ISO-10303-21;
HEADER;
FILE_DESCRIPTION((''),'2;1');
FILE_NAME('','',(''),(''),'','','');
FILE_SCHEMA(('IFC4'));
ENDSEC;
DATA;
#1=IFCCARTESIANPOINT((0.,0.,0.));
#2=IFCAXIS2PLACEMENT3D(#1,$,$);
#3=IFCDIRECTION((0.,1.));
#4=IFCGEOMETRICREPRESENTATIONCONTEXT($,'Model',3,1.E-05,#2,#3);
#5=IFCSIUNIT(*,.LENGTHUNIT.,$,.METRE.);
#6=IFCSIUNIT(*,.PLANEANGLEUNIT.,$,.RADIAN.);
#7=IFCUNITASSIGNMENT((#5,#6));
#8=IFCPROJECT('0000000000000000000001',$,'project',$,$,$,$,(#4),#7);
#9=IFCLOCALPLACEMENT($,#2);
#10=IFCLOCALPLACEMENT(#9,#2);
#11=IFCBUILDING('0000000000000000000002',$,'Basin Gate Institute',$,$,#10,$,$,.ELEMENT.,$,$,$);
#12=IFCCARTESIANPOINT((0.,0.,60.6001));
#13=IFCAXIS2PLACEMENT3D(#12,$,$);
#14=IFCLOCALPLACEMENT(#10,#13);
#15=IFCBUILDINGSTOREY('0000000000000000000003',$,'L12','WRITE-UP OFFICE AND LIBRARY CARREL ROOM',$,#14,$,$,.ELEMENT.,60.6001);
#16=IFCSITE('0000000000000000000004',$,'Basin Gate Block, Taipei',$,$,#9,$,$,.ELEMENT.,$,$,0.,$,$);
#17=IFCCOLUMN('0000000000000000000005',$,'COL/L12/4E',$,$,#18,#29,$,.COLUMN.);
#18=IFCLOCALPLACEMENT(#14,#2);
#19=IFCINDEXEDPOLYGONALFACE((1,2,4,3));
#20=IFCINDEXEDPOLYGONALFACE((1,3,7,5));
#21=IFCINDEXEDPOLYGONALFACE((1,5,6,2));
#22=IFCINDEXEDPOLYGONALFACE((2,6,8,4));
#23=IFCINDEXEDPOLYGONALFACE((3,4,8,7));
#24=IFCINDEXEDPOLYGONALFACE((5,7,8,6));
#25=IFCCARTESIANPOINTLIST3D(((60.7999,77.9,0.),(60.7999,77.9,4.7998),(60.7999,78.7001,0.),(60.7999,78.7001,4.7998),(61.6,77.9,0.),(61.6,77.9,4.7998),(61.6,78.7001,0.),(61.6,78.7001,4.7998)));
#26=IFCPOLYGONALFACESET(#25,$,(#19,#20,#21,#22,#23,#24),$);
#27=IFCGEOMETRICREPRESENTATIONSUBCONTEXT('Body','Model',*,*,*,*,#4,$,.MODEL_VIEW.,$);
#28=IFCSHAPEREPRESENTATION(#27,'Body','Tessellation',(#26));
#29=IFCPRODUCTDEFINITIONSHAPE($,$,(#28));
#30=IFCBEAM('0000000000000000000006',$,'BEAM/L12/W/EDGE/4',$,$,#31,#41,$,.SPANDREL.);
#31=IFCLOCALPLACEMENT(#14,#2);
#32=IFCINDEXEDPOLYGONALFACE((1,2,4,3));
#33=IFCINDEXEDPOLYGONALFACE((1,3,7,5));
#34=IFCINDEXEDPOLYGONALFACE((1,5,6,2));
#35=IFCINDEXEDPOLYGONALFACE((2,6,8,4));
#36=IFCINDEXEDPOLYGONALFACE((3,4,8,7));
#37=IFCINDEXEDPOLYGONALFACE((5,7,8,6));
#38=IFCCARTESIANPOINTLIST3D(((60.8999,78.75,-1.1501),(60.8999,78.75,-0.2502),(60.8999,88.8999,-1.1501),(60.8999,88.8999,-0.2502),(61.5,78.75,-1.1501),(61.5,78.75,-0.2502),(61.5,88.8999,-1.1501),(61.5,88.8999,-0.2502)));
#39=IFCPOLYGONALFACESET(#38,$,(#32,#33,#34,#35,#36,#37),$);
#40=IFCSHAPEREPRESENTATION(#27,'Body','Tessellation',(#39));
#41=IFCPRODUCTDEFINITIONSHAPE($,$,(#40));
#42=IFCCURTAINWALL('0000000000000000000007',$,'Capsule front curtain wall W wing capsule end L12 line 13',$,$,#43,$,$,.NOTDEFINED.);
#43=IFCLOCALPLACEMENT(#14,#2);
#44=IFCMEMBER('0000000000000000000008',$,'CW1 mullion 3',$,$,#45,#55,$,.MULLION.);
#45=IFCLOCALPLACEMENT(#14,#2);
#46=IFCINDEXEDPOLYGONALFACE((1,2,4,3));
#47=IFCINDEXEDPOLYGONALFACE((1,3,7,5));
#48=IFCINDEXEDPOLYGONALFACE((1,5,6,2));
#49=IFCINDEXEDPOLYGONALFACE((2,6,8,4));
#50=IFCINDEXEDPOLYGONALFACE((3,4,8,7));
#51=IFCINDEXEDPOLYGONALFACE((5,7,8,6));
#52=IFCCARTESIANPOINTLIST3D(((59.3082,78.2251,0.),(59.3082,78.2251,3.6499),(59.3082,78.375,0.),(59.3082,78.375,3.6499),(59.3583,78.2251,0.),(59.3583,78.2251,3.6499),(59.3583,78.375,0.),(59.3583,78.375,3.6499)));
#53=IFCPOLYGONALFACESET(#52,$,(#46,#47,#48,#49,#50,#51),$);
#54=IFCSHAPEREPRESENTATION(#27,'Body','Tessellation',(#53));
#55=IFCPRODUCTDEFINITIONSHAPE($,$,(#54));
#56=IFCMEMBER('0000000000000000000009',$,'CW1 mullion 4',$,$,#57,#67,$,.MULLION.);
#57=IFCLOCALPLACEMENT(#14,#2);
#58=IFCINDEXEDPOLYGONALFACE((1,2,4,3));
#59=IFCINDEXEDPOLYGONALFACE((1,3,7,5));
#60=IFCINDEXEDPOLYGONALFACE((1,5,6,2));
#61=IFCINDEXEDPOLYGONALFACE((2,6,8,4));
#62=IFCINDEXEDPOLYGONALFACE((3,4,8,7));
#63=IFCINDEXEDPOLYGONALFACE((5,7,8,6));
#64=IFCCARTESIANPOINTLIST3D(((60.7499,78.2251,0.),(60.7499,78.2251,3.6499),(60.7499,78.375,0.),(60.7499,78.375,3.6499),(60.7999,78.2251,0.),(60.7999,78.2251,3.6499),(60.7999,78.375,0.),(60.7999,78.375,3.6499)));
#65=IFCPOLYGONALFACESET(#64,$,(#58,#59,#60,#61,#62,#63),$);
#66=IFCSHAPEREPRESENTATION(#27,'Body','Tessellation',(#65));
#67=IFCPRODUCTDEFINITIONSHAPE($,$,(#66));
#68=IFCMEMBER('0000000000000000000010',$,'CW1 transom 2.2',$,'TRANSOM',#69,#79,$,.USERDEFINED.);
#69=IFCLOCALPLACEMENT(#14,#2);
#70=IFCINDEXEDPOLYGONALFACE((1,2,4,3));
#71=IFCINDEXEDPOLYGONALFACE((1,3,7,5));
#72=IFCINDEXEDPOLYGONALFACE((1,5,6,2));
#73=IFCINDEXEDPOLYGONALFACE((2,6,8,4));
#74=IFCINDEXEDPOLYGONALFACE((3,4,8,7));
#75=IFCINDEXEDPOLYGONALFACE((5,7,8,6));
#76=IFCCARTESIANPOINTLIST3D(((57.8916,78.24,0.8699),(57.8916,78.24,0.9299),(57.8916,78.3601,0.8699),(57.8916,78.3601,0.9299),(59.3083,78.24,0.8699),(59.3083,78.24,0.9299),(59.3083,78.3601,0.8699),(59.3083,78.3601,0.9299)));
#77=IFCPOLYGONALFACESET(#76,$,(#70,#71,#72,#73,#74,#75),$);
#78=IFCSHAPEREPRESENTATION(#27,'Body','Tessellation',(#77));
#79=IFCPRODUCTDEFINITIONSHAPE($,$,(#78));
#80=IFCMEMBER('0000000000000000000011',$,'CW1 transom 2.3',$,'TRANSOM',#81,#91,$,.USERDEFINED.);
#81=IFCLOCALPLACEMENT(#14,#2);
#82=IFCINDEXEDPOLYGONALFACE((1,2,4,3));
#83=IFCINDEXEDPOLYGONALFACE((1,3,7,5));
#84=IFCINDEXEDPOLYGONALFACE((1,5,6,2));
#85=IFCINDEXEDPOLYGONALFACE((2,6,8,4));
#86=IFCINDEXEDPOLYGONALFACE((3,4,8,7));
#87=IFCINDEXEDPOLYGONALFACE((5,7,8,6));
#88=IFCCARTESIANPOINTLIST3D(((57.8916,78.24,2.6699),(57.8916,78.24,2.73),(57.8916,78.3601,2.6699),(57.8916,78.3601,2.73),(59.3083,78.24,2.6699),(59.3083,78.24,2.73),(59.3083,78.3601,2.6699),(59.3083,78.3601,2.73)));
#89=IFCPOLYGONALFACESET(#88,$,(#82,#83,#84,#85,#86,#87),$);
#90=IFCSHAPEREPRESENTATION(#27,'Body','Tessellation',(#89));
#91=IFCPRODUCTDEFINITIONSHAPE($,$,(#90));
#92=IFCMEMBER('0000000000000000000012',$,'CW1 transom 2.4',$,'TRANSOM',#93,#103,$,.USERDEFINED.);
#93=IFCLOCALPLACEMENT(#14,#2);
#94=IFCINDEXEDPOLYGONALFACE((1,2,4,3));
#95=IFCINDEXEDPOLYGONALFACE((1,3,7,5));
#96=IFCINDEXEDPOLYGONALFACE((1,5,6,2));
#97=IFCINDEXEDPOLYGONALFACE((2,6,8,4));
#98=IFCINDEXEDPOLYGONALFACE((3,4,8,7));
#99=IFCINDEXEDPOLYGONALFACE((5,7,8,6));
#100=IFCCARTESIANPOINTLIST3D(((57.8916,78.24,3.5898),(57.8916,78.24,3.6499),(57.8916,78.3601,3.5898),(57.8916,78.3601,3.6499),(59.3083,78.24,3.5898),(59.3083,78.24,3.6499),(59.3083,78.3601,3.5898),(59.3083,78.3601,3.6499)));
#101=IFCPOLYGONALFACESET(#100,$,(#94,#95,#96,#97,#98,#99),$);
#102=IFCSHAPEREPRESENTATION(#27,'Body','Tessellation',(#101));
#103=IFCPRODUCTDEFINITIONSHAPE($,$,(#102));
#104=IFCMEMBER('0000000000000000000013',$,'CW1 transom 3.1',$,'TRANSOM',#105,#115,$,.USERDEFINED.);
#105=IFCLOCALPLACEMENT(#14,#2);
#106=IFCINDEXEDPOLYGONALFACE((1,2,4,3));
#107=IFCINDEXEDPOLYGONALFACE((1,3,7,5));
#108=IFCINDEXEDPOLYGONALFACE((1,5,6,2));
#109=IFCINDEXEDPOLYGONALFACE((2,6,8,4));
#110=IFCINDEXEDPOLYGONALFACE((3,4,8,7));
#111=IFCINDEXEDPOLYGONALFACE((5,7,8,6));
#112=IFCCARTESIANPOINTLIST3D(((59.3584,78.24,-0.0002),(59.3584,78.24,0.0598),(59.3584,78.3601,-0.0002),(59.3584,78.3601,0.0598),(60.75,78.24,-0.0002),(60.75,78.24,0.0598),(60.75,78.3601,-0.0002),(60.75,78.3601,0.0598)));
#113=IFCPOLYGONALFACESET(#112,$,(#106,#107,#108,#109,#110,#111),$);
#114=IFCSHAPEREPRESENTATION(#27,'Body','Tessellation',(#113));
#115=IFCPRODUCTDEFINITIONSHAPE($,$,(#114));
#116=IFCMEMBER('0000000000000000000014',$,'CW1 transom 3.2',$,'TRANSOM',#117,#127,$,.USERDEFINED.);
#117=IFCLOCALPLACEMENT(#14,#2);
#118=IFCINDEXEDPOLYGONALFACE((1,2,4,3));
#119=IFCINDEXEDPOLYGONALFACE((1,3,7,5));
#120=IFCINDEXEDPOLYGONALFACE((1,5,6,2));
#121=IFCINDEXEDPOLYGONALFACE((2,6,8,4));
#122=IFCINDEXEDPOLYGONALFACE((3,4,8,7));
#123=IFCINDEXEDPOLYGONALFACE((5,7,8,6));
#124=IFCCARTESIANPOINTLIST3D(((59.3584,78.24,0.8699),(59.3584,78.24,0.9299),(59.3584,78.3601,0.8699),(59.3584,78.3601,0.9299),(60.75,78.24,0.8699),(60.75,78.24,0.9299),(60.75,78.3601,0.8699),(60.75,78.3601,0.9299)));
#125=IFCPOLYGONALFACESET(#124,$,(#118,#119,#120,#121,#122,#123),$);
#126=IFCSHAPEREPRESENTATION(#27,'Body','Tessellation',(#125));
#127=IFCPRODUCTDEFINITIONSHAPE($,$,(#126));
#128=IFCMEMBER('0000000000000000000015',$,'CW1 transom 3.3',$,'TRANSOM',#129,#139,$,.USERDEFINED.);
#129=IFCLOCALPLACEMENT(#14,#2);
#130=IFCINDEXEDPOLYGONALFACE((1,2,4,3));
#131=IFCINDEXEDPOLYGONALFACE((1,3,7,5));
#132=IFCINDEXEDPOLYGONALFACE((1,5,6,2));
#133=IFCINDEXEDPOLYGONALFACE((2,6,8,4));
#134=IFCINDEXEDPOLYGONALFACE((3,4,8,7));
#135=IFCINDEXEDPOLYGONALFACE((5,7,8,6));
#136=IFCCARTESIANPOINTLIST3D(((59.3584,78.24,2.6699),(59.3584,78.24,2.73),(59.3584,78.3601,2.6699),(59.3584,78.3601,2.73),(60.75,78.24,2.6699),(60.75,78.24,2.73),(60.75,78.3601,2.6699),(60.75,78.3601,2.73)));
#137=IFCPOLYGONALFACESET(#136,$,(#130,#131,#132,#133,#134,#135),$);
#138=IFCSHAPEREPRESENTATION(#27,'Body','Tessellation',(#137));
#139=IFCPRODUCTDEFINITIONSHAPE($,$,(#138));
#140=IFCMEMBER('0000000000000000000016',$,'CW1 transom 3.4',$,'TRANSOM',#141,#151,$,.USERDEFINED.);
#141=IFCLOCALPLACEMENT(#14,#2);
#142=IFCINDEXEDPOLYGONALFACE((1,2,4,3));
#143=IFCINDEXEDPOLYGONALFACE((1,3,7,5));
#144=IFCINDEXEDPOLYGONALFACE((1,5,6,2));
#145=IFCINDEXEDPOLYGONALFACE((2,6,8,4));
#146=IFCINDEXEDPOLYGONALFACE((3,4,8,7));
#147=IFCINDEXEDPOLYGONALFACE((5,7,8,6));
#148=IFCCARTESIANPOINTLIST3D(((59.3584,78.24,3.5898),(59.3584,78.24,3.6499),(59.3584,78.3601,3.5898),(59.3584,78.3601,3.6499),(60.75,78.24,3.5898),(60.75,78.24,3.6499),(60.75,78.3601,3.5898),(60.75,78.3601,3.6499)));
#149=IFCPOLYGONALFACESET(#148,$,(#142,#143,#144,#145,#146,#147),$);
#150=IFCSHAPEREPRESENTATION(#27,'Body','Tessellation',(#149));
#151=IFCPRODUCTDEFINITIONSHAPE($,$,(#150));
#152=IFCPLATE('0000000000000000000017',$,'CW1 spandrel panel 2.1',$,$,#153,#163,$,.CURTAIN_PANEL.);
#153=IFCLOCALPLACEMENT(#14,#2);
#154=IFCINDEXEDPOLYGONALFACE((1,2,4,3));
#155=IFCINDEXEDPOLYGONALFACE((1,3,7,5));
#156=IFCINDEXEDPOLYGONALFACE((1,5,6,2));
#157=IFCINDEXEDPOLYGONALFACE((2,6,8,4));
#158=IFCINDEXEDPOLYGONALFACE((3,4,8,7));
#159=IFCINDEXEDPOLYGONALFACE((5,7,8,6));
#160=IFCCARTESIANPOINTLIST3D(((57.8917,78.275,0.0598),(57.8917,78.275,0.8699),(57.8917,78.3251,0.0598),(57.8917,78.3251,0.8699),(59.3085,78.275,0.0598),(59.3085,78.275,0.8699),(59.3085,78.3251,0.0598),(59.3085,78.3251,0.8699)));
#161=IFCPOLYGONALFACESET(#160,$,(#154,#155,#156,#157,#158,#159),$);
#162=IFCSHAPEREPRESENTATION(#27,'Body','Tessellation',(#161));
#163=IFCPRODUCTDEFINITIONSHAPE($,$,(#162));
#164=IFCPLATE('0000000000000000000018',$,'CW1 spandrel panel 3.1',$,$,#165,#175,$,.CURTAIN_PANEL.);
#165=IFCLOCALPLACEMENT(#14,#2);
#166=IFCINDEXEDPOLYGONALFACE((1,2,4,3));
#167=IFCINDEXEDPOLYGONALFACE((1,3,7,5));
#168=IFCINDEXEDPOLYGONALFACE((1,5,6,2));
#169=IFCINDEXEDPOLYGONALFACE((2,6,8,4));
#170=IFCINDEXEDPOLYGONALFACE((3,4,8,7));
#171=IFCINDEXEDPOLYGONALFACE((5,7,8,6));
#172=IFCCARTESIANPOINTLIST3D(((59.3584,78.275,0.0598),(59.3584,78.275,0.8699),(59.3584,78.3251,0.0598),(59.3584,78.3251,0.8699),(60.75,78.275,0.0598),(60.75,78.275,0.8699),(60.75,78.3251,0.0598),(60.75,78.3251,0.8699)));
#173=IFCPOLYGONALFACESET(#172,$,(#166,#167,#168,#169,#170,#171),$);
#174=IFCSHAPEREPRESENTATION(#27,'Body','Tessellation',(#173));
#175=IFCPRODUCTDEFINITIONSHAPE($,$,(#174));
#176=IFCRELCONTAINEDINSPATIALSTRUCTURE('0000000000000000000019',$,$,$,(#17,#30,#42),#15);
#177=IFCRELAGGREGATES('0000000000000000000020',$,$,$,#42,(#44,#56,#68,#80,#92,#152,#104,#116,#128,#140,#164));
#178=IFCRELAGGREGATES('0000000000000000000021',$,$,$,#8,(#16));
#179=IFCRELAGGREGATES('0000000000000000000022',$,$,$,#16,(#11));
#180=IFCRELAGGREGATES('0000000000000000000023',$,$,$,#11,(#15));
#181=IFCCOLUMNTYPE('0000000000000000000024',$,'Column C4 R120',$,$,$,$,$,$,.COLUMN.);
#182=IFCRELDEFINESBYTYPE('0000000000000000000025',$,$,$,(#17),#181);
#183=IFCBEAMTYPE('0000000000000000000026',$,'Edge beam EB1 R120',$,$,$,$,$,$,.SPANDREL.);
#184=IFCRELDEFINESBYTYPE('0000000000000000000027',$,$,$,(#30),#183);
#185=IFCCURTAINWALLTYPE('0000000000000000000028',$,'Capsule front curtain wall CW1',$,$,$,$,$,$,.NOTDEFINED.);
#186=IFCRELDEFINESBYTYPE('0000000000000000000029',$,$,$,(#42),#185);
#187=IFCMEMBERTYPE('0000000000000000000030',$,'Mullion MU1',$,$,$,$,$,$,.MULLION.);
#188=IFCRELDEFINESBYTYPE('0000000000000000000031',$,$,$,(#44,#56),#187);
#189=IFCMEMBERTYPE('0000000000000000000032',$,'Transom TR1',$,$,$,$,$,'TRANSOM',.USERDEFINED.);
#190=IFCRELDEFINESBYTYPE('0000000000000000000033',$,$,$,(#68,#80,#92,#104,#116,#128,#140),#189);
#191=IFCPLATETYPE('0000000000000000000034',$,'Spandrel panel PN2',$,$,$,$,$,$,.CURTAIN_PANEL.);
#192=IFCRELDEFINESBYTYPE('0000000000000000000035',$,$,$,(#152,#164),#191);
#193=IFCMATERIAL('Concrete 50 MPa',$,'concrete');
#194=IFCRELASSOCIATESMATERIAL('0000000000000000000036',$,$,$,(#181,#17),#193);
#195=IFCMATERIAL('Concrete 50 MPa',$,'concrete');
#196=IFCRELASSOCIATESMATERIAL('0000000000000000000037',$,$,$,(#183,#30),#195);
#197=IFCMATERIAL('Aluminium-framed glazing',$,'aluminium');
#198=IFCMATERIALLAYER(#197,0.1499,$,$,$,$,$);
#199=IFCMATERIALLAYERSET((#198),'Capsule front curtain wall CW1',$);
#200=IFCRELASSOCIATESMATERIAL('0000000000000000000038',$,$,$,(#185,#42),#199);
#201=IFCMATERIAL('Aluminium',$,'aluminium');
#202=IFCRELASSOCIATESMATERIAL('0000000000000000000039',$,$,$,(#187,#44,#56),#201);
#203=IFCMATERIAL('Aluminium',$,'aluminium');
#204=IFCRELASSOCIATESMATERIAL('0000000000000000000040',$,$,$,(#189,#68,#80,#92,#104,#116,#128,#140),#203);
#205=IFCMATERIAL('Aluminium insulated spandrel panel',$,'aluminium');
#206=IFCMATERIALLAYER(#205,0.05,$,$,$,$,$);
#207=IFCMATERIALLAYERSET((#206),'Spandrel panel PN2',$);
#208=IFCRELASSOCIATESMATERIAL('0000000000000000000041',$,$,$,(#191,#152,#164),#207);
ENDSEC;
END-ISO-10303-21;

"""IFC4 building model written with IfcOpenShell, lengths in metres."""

from ifc_helpers import new_model, si_unit, direction, frame, origin, origin_2d, place, context, subcontext, project, spatial, rectangle, extrude, material, layer, layer_set, material_profile, profile_set, type_object, element, aggregate, save


model = new_model("IFC4")

# Units and contexts
model_context = context("Model", 3, precision=1e-05, world=origin(), true_north=direction((0.0, 1.0)))
body_context = subcontext(model_context, "Body", "Model", "MODEL_VIEW")
ifc_project = project(units=[si_unit("LENGTHUNIT", "METRE"), si_unit("PLANEANGLEUNIT", "RADIAN")], contexts=[model_context])

# Site, building, storey
site_placement = place(None, origin())
site = spatial("IfcSite", under=ifc_project, at=site_placement, Name="Basin Gate Block, Taipei", CompositionType="ELEMENT", RefElevation=0.0)
building_placement = place(site_placement, origin())
building = spatial("IfcBuilding", under=site, at=building_placement, Name="Basin Gate Institute", CompositionType="ELEMENT")
storey_placement = place(building_placement, frame((0.0, 0.0, 60.6001)))
storey = spatial("IfcBuildingStorey", under=building, at=storey_placement, Name="L12", Description="WRITE-UP OFFICE AND LIBRARY CARREL ROOM", CompositionType="ELEMENT", Elevation=60.6001)

# Column
ifc_material_1 = material(Name="Concrete 50 MPa", Category="concrete")
ifc_material_profile_1 = material_profile(ifc_material_1, rectangle(XDim=0.8, YDim=0.8, at=origin_2d()), Name="Column C4 800 x 800")
ifc_profile_set_1 = profile_set([ifc_material_profile_1], Name="Concrete 50 MPa")
column_type = type_object("IfcColumnType", Name="Column C4 R120", PredefinedType="COLUMN", material=ifc_profile_set_1)
column_placement = place(storey_placement, frame((61.2, 78.3, 0.0), z_axis=(0.0, 0.0, 1.0), x_axis=(1.0, 0.0, 0.0)))
element("IfcColumn", 1, at=column_placement, inside=storey, type_object=column_type, material=ifc_profile_set_1, Name="COL/L12/4E", PredefinedType="COLUMN", context=body_context, shape_type="SweptSolid", body=[
    extrude(rectangle(XDim=0.8, YDim=0.8, at=origin_2d()), origin(), (0.0, 0.0, 1.0), 4.7998),
])

# Beam
ifc_material_2 = material(Name="Concrete 50 MPa", Category="concrete")
ifc_material_profile_2 = material_profile(ifc_material_2, rectangle(XDim=0.6001, YDim=0.8999, at=origin_2d()), Name="Edge beam EB1 600 x 900")
ifc_profile_set_2 = profile_set([ifc_material_profile_2], Name="Concrete 50 MPa")
beam_type = type_object("IfcBeamType", Name="Edge beam EB1 R120", PredefinedType="SPANDREL", material=ifc_profile_set_2)
beam_placement = place(storey_placement, frame((61.2, 78.75, -0.7002), z_axis=(0.0, 1.0, 0.0), x_axis=(-1.0, 0.0, 0.0)))
element("IfcBeam", 2, at=beam_placement, inside=storey, type_object=beam_type, material=ifc_profile_set_2, Name="BEAM/L12/W/EDGE/4", PredefinedType="SPANDREL", context=body_context, shape_type="SweptSolid", body=[
    extrude(rectangle(XDim=0.6001, YDim=0.8999, at=origin_2d()), origin(), (0.0, 0.0, 1.0), 10.1499),
])

# Curtain wall, members, plates
ifc_material_3 = material(Name="Aluminium-framed glazing", Category="aluminium")
ifc_layer_1 = layer(ifc_material_3, 0.1499)
ifc_layer_set_1 = layer_set([ifc_layer_1], Name="Capsule front curtain wall CW1")
curtain_wall_type = type_object("IfcCurtainWallType", Name="Capsule front curtain wall CW1", PredefinedType="NOTDEFINED", material=ifc_layer_set_1)
curtain_wall_placement = place(storey_placement, origin())
curtain_wall = element("IfcCurtainWall", 3, at=curtain_wall_placement, inside=storey, type_object=curtain_wall_type, material=ifc_layer_set_1, Name="Capsule front curtain wall W wing capsule end L12 line 13", PredefinedType="NOTDEFINED")
ifc_material_4 = material(Name="Aluminium", Category="aluminium")
ifc_material_profile_3 = material_profile(ifc_material_4, rectangle(XDim=0.1499, YDim=0.05, at=origin_2d()), Name="Mullion MU1 150 x 50")
ifc_profile_set_3 = profile_set([ifc_material_profile_3], Name="Aluminium")
member_type_1 = type_object("IfcMemberType", Name="Mullion MU1", PredefinedType="MULLION", material=ifc_profile_set_3)
member_1_placement = place(storey_placement, frame((59.3333, 78.3, 0.0), z_axis=(0.0, 0.0, 1.0), x_axis=(0.0, 1.0, 0.0)))
member_1 = element("IfcMember", 4, at=member_1_placement, type_object=member_type_1, material=ifc_profile_set_3, Name="CW1 mullion 3", PredefinedType="MULLION", context=body_context, shape_type="SweptSolid", body=[
    extrude(rectangle(XDim=0.1499, YDim=0.05, at=origin_2d()), origin(), (0.0, 0.0, 1.0), 3.6499),
])
member_2_placement = place(storey_placement, frame((60.7749, 78.3, 0.0), z_axis=(0.0, 0.0, 1.0), x_axis=(0.0, 1.0, 0.0)))
member_2 = element("IfcMember", 5, at=member_2_placement, type_object=member_type_1, material=ifc_profile_set_3, Name="CW1 mullion 4", PredefinedType="MULLION", context=body_context, shape_type="SweptSolid", body=[
    extrude(rectangle(XDim=0.1499, YDim=0.05, at=origin_2d()), origin(), (0.0, 0.0, 1.0), 3.6499),
])
ifc_material_5 = material(Name="Aluminium", Category="aluminium")
ifc_material_profile_4 = material_profile(ifc_material_5, rectangle(XDim=0.1201, YDim=0.0601, at=origin_2d()), Name="Transom TR1 120 x 60")
ifc_profile_set_4 = profile_set([ifc_material_profile_4], Name="Aluminium")
member_type_2 = type_object("IfcMemberType", Name="Transom TR1", ElementType="TRANSOM", PredefinedType="USERDEFINED", material=ifc_profile_set_4)
member_3_placement = place(storey_placement, frame((57.8916, 78.3, 0.8999), z_axis=(1.0, 0.0, 0.0), x_axis=(0.0, 1.0, 0.0)))
member_3 = element("IfcMember", 6, at=member_3_placement, type_object=member_type_2, material=ifc_profile_set_4, Name="CW1 transom 2.2", ObjectType="TRANSOM", PredefinedType="USERDEFINED", context=body_context, shape_type="SweptSolid", body=[
    extrude(rectangle(XDim=0.1201, YDim=0.0601, at=origin_2d()), origin(), (0.0, 0.0, 1.0), 1.4167),
])
member_4_placement = place(storey_placement, frame((57.8916, 78.3, 2.7), z_axis=(1.0, 0.0, 0.0), x_axis=(0.0, 1.0, 0.0)))
member_4 = element("IfcMember", 7, at=member_4_placement, type_object=member_type_2, material=ifc_profile_set_4, Name="CW1 transom 2.3", ObjectType="TRANSOM", PredefinedType="USERDEFINED", context=body_context, shape_type="SweptSolid", body=[
    extrude(rectangle(XDim=0.1201, YDim=0.0601, at=origin_2d()), origin(), (0.0, 0.0, 1.0), 1.4167),
])
member_5_placement = place(storey_placement, frame((57.8916, 78.3, 3.6199), z_axis=(1.0, 0.0, 0.0), x_axis=(0.0, 1.0, 0.0)))
member_5 = element("IfcMember", 8, at=member_5_placement, type_object=member_type_2, material=ifc_profile_set_4, Name="CW1 transom 2.4", ObjectType="TRANSOM", PredefinedType="USERDEFINED", context=body_context, shape_type="SweptSolid", body=[
    extrude(rectangle(XDim=0.1201, YDim=0.0601, at=origin_2d()), origin(), (0.0, 0.0, 1.0), 1.4167),
])
member_6_placement = place(storey_placement, frame((59.3584, 78.3, 0.0298), z_axis=(1.0, 0.0, 0.0), x_axis=(0.0, 1.0, 0.0)))
member_6 = element("IfcMember", 9, at=member_6_placement, type_object=member_type_2, material=ifc_profile_set_4, Name="CW1 transom 3.1", ObjectType="TRANSOM", PredefinedType="USERDEFINED", context=body_context, shape_type="SweptSolid", body=[
    extrude(rectangle(XDim=0.1201, YDim=0.0601, at=origin_2d()), origin(), (0.0, 0.0, 1.0), 1.3916),
])
member_7_placement = place(storey_placement, frame((59.3584, 78.3, 0.8999), z_axis=(1.0, 0.0, 0.0), x_axis=(0.0, 1.0, 0.0)))
member_7 = element("IfcMember", 10, at=member_7_placement, type_object=member_type_2, material=ifc_profile_set_4, Name="CW1 transom 3.2", ObjectType="TRANSOM", PredefinedType="USERDEFINED", context=body_context, shape_type="SweptSolid", body=[
    extrude(rectangle(XDim=0.1201, YDim=0.0601, at=origin_2d()), origin(), (0.0, 0.0, 1.0), 1.3916),
])
member_8_placement = place(storey_placement, frame((59.3584, 78.3, 2.7), z_axis=(1.0, 0.0, 0.0), x_axis=(0.0, 1.0, 0.0)))
member_8 = element("IfcMember", 11, at=member_8_placement, type_object=member_type_2, material=ifc_profile_set_4, Name="CW1 transom 3.3", ObjectType="TRANSOM", PredefinedType="USERDEFINED", context=body_context, shape_type="SweptSolid", body=[
    extrude(rectangle(XDim=0.1201, YDim=0.0601, at=origin_2d()), origin(), (0.0, 0.0, 1.0), 1.3916),
])
member_9_placement = place(storey_placement, frame((59.3584, 78.3, 3.6199), z_axis=(1.0, 0.0, 0.0), x_axis=(0.0, 1.0, 0.0)))
member_9 = element("IfcMember", 12, at=member_9_placement, type_object=member_type_2, material=ifc_profile_set_4, Name="CW1 transom 3.4", ObjectType="TRANSOM", PredefinedType="USERDEFINED", context=body_context, shape_type="SweptSolid", body=[
    extrude(rectangle(XDim=0.1201, YDim=0.0601, at=origin_2d()), origin(), (0.0, 0.0, 1.0), 1.3916),
])
ifc_material_6 = material(Name="Aluminium insulated spandrel panel", Category="aluminium")
ifc_layer_2 = layer(ifc_material_6, 0.05)
ifc_layer_set_2 = layer_set([ifc_layer_2], Name="Spandrel panel PN2")
plate_type_1 = type_object("IfcPlateType", Name="Spandrel panel PN2", PredefinedType="CURTAIN_PANEL", material=ifc_layer_set_2)
plate_1_placement = place(storey_placement, frame((58.6001, 78.3, 0.0598), z_axis=(0.0, 0.0, 1.0), x_axis=(1.0, 0.0, 0.0)))
plate_1 = element("IfcPlate", 13, at=plate_1_placement, type_object=plate_type_1, material=ifc_layer_set_2, Name="CW1 spandrel panel 2.1", PredefinedType="CURTAIN_PANEL", context=body_context, shape_type="SweptSolid", body=[
    extrude(rectangle(XDim=1.4167, YDim=0.05, at=origin_2d()), origin(), (0.0, 0.0, 1.0), 0.8101),
])
plate_2_placement = place(storey_placement, frame((60.0542, 78.3, 0.0598), z_axis=(0.0, 0.0, 1.0), x_axis=(1.0, 0.0, 0.0)))
plate_2 = element("IfcPlate", 14, at=plate_2_placement, type_object=plate_type_1, material=ifc_layer_set_2, Name="CW1 spandrel panel 3.1", PredefinedType="CURTAIN_PANEL", context=body_context, shape_type="SweptSolid", body=[
    extrude(rectangle(XDim=1.3916, YDim=0.05, at=origin_2d()), origin(), (0.0, 0.0, 1.0), 0.8101),
])
aggregate(curtain_wall, [member_1, member_2, member_3, member_4, member_5, plate_1, member_6, member_7, member_8, member_9, plate_2])

save(model, "model.ifc")
